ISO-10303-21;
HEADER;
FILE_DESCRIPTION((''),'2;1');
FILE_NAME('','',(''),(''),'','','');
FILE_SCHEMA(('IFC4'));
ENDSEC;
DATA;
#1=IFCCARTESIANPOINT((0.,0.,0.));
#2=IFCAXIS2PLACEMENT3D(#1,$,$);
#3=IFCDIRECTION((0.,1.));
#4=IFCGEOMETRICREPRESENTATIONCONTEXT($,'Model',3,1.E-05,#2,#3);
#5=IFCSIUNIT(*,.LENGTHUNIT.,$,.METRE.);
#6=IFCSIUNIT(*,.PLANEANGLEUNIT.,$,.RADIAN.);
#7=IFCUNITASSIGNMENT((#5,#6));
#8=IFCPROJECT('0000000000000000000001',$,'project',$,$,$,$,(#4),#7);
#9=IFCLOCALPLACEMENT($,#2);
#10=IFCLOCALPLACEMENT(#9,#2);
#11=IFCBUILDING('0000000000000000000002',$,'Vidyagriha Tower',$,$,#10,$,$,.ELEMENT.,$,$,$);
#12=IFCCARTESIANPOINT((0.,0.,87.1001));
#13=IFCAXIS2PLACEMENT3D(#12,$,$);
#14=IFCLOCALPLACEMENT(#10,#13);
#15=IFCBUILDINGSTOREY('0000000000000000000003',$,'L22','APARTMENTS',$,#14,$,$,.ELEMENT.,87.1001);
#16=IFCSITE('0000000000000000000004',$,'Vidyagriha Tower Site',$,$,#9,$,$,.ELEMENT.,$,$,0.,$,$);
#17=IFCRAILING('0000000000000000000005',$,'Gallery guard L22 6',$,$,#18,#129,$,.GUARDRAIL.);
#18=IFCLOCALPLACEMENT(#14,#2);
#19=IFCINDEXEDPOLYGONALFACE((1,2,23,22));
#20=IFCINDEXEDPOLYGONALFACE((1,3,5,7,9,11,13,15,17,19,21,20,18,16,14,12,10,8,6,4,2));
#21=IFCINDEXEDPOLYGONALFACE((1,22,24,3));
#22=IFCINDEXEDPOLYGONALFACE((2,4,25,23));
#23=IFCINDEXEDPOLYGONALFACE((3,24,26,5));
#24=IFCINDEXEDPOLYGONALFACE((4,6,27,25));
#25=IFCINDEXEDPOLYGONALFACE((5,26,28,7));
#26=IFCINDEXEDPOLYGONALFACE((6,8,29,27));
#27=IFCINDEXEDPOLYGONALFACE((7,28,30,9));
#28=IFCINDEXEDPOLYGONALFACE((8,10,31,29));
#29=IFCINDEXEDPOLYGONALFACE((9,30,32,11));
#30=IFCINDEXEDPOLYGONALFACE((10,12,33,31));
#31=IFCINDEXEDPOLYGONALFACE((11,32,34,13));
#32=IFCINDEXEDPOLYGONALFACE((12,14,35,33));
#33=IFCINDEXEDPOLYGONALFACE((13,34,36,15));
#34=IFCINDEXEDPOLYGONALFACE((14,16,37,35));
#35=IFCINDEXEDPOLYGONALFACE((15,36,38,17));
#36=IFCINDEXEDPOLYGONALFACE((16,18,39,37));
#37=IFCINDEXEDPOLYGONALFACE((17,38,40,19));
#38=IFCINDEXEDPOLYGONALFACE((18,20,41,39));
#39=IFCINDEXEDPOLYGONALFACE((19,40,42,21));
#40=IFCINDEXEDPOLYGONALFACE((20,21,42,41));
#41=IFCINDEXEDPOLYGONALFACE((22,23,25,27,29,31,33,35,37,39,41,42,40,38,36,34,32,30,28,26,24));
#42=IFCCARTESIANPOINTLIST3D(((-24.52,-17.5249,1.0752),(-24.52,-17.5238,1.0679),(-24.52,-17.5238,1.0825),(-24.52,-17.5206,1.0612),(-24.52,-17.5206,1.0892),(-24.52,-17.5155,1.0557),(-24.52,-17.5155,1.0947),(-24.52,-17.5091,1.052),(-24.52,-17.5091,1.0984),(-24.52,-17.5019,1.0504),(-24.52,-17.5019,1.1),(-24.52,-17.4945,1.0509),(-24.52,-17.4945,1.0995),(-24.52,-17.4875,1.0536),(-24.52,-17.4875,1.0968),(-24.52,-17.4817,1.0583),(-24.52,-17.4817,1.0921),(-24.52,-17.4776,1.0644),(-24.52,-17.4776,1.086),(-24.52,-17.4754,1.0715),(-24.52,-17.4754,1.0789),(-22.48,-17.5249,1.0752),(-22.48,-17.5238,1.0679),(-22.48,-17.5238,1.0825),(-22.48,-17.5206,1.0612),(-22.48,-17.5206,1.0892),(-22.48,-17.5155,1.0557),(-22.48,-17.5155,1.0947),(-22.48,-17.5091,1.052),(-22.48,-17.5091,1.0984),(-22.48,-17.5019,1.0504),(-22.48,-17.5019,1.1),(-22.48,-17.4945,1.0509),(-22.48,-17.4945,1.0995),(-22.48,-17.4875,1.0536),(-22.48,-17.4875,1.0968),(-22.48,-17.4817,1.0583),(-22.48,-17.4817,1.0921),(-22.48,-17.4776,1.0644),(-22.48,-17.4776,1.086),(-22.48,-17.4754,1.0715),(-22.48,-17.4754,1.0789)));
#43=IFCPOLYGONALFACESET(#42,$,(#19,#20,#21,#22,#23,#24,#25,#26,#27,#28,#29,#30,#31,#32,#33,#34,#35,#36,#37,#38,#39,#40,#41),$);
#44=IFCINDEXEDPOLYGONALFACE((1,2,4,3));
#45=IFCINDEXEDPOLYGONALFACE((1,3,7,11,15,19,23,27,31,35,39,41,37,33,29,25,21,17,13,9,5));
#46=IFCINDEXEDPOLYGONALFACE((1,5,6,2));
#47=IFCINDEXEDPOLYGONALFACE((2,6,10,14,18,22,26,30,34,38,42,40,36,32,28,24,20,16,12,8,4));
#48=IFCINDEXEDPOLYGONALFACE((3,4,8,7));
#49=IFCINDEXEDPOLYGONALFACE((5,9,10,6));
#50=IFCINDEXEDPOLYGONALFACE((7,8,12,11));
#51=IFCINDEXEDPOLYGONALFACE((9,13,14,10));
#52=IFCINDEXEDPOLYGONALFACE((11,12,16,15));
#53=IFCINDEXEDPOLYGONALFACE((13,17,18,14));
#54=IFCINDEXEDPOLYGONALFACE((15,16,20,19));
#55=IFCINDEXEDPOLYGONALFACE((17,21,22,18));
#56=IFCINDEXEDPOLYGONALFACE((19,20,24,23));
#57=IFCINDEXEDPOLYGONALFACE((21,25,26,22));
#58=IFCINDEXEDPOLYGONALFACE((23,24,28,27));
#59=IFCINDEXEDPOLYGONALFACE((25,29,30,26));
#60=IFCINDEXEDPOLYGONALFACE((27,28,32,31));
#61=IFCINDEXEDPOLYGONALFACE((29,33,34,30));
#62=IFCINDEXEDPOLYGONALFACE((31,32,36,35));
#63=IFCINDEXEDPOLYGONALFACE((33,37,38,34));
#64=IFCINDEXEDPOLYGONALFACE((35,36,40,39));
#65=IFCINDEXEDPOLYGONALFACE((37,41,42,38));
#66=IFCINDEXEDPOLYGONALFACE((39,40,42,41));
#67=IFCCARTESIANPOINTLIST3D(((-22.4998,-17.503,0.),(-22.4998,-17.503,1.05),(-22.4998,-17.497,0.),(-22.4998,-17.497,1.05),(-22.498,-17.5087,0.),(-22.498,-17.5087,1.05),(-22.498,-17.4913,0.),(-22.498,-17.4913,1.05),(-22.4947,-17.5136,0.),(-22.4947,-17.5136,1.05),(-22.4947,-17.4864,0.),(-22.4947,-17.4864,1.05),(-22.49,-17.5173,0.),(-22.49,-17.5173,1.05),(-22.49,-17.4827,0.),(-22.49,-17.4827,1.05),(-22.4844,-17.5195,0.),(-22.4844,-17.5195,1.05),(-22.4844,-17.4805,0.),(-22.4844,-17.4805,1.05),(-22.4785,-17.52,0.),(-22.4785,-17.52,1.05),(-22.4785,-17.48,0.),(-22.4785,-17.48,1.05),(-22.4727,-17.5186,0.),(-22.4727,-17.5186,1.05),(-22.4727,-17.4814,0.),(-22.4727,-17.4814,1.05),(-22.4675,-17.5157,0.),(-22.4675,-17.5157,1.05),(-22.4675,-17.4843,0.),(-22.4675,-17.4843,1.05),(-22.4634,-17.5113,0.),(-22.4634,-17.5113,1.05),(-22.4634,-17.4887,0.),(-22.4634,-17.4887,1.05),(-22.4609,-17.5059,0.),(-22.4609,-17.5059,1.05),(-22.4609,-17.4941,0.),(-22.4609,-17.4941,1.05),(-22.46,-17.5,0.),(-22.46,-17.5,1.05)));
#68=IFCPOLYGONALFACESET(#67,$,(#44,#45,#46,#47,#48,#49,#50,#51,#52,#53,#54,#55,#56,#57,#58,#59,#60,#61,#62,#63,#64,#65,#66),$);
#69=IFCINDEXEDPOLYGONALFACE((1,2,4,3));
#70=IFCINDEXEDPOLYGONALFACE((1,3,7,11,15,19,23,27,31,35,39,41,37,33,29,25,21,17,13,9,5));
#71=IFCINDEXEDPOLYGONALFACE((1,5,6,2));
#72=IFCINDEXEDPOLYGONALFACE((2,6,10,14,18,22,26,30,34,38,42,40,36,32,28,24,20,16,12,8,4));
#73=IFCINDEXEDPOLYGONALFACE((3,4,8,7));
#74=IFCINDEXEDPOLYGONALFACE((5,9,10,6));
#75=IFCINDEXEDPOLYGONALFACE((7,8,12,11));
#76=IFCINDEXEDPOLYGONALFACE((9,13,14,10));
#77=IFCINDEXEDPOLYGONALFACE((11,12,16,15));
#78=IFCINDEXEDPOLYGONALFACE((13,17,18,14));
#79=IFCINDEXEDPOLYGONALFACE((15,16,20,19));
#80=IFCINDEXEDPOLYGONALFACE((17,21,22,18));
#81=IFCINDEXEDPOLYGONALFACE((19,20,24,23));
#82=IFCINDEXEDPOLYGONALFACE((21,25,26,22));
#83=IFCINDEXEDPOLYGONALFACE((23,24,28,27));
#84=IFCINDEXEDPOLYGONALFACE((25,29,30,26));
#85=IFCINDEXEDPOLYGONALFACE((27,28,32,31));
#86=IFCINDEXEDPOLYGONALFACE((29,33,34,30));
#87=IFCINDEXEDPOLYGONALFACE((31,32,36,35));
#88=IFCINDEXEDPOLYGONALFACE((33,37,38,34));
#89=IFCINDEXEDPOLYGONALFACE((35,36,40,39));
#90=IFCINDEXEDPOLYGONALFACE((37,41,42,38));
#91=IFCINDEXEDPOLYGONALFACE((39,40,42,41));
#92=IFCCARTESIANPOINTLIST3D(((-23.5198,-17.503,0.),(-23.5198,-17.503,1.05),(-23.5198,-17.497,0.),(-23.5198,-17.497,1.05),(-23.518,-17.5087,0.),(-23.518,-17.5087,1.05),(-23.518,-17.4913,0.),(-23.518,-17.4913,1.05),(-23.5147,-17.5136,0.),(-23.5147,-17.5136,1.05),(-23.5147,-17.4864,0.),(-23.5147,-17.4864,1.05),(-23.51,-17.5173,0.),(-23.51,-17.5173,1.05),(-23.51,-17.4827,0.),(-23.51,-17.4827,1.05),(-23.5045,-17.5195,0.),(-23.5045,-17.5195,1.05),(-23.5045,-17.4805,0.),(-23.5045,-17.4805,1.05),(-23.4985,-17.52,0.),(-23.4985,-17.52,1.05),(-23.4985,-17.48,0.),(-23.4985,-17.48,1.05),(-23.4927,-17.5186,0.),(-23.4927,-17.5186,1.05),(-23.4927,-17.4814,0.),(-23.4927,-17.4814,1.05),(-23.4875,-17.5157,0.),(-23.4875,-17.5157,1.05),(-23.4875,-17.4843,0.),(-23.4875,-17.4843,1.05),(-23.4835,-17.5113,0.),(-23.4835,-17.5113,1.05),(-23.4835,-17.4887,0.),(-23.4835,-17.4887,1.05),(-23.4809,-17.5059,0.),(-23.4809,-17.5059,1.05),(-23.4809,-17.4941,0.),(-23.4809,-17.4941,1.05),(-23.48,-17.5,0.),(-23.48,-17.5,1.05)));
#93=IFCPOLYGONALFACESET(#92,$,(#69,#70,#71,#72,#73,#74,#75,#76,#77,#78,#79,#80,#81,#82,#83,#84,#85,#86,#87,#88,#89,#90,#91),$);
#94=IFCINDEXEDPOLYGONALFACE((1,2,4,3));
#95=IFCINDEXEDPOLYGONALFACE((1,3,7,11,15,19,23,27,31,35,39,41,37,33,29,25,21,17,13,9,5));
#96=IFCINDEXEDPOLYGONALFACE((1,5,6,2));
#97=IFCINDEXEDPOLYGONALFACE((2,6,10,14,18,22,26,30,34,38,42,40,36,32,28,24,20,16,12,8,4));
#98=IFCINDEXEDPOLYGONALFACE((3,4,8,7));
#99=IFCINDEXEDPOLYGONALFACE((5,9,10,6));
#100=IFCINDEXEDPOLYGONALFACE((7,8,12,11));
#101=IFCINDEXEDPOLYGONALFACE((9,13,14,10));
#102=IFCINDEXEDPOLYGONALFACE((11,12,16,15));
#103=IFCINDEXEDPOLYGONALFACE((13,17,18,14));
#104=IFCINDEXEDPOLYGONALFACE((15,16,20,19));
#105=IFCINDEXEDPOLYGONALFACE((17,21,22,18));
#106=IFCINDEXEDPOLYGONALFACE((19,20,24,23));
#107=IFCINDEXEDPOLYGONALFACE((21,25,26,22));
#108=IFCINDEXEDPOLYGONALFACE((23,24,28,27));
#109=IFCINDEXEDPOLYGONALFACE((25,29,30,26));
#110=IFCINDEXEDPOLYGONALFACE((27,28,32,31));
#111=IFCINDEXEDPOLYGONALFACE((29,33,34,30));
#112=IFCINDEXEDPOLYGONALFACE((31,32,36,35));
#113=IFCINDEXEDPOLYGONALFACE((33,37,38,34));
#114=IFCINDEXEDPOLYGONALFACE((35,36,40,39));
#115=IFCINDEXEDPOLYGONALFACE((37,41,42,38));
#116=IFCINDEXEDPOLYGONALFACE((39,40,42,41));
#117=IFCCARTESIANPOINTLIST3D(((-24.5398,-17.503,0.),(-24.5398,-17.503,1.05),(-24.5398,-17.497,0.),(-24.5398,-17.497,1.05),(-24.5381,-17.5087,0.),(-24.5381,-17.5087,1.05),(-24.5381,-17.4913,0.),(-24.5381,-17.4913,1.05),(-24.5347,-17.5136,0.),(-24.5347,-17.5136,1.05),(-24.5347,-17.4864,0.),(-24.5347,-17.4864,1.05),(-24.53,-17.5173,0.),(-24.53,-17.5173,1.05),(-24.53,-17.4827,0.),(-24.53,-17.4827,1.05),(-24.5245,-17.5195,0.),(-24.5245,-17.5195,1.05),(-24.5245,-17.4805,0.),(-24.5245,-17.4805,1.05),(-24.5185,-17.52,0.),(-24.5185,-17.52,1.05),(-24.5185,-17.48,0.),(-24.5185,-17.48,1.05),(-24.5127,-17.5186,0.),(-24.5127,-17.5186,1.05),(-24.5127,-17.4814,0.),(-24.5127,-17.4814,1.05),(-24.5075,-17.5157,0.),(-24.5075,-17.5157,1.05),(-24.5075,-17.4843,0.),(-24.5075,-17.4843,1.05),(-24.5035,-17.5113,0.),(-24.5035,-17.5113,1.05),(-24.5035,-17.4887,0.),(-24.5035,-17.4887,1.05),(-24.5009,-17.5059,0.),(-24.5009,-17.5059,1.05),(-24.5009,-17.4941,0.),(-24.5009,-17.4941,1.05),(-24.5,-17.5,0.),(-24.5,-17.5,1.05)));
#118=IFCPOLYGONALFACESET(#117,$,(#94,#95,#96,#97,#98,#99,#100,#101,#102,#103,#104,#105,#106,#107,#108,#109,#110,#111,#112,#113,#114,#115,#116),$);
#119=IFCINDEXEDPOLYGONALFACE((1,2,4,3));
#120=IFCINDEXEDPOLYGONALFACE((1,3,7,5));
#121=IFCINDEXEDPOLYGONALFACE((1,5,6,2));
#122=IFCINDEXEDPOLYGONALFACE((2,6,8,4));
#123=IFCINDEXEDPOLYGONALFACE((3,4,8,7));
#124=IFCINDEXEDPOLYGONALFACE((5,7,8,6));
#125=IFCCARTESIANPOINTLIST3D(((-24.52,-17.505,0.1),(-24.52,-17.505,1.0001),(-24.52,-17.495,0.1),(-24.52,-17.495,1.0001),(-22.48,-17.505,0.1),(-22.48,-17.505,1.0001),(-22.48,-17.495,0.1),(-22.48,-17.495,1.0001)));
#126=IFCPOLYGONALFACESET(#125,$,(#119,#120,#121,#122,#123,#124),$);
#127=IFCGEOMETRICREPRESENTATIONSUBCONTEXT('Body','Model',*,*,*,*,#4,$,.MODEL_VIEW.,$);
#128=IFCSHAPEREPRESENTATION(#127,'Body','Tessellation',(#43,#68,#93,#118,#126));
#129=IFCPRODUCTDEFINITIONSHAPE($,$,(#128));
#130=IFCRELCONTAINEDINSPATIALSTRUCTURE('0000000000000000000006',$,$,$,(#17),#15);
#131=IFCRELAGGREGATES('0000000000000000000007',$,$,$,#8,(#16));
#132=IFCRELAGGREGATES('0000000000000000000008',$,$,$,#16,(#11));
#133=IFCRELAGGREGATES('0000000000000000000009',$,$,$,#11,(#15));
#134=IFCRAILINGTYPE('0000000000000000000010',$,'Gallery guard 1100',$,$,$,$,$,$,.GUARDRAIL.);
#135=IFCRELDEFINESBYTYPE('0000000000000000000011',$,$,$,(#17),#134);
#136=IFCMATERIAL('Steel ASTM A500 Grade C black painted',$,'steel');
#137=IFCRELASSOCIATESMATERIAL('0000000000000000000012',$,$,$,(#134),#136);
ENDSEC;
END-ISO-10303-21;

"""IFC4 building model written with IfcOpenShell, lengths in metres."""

from ifc_helpers import new_model, si_unit, direction, frame, origin, origin_2d, place, context, subcontext, project, spatial, rectangle, circle, extrude, material, type_object, element, save


model = new_model("IFC4")

# Units and contexts
model_context = context("Model", 3, precision=1e-05, world=origin(), true_north=direction((0.0, 1.0)))
body_context = subcontext(model_context, "Body", "Model", "MODEL_VIEW")
ifc_project = project(units=[si_unit("LENGTHUNIT", "METRE"), si_unit("PLANEANGLEUNIT", "RADIAN")], contexts=[model_context])

# Site, building, storey
site_placement = place(None, origin())
site = spatial("IfcSite", under=ifc_project, at=site_placement, Name="Vidyagriha Tower Site", CompositionType="ELEMENT", RefElevation=0.0)
building_placement = place(site_placement, origin())
building = spatial("IfcBuilding", under=site, at=building_placement, Name="Vidyagriha Tower", CompositionType="ELEMENT")
storey_placement = place(building_placement, frame((0.0, 0.0, 87.1001)))
storey = spatial("IfcBuildingStorey", under=building, at=storey_placement, Name="L22", Description="APARTMENTS", CompositionType="ELEMENT", Elevation=87.1001)

# Railing
ifc_material_1 = material(Name="Steel ASTM A500 Grade C black painted", Category="steel")
railing_type_1 = type_object("IfcRailingType", Name="Gallery guard 1100", PredefinedType="GUARDRAIL", material=ifc_material_1)
railing_1_placement = place(storey_placement, frame((-22.48, -17.5, 0.0)))
element("IfcRailing", 1, at=railing_1_placement, inside=storey, type_object=railing_type_1, Name="Gallery guard L22 6", PredefinedType="GUARDRAIL", context=body_context, shape_type="SweptSolid", body=[
    extrude(circle(Radius=0.0249, at=origin_2d()), frame((0.0, 0.0, 1.0752), z_axis=(-1.0, 0.0, 0.0), x_axis=(0.0, -1.0, 0.0)), (0.0, 0.0, 1.0), 2.04),
    extrude(circle(Radius=0.02, at=origin_2d()), origin(), (0.0, 0.0, 1.0), 1.05),
    extrude(circle(Radius=0.02, at=origin_2d()), frame((-1.02, 0.0, 0.0)), (0.0, 0.0, 1.0), 1.05),
    extrude(circle(Radius=0.02, at=origin_2d()), frame((-2.04, 0.0, 0.0)), (0.0, 0.0, 1.0), 1.05),
    extrude(rectangle(XDim=0.01, YDim=0.9001, at=origin_2d()), frame((0.0, 0.0, 0.55), z_axis=(-1.0, 0.0, 0.0), x_axis=(0.0, -1.0, 0.0)), (0.0, 0.0, 1.0), 2.04),
])

save(model, "model.ifc")
